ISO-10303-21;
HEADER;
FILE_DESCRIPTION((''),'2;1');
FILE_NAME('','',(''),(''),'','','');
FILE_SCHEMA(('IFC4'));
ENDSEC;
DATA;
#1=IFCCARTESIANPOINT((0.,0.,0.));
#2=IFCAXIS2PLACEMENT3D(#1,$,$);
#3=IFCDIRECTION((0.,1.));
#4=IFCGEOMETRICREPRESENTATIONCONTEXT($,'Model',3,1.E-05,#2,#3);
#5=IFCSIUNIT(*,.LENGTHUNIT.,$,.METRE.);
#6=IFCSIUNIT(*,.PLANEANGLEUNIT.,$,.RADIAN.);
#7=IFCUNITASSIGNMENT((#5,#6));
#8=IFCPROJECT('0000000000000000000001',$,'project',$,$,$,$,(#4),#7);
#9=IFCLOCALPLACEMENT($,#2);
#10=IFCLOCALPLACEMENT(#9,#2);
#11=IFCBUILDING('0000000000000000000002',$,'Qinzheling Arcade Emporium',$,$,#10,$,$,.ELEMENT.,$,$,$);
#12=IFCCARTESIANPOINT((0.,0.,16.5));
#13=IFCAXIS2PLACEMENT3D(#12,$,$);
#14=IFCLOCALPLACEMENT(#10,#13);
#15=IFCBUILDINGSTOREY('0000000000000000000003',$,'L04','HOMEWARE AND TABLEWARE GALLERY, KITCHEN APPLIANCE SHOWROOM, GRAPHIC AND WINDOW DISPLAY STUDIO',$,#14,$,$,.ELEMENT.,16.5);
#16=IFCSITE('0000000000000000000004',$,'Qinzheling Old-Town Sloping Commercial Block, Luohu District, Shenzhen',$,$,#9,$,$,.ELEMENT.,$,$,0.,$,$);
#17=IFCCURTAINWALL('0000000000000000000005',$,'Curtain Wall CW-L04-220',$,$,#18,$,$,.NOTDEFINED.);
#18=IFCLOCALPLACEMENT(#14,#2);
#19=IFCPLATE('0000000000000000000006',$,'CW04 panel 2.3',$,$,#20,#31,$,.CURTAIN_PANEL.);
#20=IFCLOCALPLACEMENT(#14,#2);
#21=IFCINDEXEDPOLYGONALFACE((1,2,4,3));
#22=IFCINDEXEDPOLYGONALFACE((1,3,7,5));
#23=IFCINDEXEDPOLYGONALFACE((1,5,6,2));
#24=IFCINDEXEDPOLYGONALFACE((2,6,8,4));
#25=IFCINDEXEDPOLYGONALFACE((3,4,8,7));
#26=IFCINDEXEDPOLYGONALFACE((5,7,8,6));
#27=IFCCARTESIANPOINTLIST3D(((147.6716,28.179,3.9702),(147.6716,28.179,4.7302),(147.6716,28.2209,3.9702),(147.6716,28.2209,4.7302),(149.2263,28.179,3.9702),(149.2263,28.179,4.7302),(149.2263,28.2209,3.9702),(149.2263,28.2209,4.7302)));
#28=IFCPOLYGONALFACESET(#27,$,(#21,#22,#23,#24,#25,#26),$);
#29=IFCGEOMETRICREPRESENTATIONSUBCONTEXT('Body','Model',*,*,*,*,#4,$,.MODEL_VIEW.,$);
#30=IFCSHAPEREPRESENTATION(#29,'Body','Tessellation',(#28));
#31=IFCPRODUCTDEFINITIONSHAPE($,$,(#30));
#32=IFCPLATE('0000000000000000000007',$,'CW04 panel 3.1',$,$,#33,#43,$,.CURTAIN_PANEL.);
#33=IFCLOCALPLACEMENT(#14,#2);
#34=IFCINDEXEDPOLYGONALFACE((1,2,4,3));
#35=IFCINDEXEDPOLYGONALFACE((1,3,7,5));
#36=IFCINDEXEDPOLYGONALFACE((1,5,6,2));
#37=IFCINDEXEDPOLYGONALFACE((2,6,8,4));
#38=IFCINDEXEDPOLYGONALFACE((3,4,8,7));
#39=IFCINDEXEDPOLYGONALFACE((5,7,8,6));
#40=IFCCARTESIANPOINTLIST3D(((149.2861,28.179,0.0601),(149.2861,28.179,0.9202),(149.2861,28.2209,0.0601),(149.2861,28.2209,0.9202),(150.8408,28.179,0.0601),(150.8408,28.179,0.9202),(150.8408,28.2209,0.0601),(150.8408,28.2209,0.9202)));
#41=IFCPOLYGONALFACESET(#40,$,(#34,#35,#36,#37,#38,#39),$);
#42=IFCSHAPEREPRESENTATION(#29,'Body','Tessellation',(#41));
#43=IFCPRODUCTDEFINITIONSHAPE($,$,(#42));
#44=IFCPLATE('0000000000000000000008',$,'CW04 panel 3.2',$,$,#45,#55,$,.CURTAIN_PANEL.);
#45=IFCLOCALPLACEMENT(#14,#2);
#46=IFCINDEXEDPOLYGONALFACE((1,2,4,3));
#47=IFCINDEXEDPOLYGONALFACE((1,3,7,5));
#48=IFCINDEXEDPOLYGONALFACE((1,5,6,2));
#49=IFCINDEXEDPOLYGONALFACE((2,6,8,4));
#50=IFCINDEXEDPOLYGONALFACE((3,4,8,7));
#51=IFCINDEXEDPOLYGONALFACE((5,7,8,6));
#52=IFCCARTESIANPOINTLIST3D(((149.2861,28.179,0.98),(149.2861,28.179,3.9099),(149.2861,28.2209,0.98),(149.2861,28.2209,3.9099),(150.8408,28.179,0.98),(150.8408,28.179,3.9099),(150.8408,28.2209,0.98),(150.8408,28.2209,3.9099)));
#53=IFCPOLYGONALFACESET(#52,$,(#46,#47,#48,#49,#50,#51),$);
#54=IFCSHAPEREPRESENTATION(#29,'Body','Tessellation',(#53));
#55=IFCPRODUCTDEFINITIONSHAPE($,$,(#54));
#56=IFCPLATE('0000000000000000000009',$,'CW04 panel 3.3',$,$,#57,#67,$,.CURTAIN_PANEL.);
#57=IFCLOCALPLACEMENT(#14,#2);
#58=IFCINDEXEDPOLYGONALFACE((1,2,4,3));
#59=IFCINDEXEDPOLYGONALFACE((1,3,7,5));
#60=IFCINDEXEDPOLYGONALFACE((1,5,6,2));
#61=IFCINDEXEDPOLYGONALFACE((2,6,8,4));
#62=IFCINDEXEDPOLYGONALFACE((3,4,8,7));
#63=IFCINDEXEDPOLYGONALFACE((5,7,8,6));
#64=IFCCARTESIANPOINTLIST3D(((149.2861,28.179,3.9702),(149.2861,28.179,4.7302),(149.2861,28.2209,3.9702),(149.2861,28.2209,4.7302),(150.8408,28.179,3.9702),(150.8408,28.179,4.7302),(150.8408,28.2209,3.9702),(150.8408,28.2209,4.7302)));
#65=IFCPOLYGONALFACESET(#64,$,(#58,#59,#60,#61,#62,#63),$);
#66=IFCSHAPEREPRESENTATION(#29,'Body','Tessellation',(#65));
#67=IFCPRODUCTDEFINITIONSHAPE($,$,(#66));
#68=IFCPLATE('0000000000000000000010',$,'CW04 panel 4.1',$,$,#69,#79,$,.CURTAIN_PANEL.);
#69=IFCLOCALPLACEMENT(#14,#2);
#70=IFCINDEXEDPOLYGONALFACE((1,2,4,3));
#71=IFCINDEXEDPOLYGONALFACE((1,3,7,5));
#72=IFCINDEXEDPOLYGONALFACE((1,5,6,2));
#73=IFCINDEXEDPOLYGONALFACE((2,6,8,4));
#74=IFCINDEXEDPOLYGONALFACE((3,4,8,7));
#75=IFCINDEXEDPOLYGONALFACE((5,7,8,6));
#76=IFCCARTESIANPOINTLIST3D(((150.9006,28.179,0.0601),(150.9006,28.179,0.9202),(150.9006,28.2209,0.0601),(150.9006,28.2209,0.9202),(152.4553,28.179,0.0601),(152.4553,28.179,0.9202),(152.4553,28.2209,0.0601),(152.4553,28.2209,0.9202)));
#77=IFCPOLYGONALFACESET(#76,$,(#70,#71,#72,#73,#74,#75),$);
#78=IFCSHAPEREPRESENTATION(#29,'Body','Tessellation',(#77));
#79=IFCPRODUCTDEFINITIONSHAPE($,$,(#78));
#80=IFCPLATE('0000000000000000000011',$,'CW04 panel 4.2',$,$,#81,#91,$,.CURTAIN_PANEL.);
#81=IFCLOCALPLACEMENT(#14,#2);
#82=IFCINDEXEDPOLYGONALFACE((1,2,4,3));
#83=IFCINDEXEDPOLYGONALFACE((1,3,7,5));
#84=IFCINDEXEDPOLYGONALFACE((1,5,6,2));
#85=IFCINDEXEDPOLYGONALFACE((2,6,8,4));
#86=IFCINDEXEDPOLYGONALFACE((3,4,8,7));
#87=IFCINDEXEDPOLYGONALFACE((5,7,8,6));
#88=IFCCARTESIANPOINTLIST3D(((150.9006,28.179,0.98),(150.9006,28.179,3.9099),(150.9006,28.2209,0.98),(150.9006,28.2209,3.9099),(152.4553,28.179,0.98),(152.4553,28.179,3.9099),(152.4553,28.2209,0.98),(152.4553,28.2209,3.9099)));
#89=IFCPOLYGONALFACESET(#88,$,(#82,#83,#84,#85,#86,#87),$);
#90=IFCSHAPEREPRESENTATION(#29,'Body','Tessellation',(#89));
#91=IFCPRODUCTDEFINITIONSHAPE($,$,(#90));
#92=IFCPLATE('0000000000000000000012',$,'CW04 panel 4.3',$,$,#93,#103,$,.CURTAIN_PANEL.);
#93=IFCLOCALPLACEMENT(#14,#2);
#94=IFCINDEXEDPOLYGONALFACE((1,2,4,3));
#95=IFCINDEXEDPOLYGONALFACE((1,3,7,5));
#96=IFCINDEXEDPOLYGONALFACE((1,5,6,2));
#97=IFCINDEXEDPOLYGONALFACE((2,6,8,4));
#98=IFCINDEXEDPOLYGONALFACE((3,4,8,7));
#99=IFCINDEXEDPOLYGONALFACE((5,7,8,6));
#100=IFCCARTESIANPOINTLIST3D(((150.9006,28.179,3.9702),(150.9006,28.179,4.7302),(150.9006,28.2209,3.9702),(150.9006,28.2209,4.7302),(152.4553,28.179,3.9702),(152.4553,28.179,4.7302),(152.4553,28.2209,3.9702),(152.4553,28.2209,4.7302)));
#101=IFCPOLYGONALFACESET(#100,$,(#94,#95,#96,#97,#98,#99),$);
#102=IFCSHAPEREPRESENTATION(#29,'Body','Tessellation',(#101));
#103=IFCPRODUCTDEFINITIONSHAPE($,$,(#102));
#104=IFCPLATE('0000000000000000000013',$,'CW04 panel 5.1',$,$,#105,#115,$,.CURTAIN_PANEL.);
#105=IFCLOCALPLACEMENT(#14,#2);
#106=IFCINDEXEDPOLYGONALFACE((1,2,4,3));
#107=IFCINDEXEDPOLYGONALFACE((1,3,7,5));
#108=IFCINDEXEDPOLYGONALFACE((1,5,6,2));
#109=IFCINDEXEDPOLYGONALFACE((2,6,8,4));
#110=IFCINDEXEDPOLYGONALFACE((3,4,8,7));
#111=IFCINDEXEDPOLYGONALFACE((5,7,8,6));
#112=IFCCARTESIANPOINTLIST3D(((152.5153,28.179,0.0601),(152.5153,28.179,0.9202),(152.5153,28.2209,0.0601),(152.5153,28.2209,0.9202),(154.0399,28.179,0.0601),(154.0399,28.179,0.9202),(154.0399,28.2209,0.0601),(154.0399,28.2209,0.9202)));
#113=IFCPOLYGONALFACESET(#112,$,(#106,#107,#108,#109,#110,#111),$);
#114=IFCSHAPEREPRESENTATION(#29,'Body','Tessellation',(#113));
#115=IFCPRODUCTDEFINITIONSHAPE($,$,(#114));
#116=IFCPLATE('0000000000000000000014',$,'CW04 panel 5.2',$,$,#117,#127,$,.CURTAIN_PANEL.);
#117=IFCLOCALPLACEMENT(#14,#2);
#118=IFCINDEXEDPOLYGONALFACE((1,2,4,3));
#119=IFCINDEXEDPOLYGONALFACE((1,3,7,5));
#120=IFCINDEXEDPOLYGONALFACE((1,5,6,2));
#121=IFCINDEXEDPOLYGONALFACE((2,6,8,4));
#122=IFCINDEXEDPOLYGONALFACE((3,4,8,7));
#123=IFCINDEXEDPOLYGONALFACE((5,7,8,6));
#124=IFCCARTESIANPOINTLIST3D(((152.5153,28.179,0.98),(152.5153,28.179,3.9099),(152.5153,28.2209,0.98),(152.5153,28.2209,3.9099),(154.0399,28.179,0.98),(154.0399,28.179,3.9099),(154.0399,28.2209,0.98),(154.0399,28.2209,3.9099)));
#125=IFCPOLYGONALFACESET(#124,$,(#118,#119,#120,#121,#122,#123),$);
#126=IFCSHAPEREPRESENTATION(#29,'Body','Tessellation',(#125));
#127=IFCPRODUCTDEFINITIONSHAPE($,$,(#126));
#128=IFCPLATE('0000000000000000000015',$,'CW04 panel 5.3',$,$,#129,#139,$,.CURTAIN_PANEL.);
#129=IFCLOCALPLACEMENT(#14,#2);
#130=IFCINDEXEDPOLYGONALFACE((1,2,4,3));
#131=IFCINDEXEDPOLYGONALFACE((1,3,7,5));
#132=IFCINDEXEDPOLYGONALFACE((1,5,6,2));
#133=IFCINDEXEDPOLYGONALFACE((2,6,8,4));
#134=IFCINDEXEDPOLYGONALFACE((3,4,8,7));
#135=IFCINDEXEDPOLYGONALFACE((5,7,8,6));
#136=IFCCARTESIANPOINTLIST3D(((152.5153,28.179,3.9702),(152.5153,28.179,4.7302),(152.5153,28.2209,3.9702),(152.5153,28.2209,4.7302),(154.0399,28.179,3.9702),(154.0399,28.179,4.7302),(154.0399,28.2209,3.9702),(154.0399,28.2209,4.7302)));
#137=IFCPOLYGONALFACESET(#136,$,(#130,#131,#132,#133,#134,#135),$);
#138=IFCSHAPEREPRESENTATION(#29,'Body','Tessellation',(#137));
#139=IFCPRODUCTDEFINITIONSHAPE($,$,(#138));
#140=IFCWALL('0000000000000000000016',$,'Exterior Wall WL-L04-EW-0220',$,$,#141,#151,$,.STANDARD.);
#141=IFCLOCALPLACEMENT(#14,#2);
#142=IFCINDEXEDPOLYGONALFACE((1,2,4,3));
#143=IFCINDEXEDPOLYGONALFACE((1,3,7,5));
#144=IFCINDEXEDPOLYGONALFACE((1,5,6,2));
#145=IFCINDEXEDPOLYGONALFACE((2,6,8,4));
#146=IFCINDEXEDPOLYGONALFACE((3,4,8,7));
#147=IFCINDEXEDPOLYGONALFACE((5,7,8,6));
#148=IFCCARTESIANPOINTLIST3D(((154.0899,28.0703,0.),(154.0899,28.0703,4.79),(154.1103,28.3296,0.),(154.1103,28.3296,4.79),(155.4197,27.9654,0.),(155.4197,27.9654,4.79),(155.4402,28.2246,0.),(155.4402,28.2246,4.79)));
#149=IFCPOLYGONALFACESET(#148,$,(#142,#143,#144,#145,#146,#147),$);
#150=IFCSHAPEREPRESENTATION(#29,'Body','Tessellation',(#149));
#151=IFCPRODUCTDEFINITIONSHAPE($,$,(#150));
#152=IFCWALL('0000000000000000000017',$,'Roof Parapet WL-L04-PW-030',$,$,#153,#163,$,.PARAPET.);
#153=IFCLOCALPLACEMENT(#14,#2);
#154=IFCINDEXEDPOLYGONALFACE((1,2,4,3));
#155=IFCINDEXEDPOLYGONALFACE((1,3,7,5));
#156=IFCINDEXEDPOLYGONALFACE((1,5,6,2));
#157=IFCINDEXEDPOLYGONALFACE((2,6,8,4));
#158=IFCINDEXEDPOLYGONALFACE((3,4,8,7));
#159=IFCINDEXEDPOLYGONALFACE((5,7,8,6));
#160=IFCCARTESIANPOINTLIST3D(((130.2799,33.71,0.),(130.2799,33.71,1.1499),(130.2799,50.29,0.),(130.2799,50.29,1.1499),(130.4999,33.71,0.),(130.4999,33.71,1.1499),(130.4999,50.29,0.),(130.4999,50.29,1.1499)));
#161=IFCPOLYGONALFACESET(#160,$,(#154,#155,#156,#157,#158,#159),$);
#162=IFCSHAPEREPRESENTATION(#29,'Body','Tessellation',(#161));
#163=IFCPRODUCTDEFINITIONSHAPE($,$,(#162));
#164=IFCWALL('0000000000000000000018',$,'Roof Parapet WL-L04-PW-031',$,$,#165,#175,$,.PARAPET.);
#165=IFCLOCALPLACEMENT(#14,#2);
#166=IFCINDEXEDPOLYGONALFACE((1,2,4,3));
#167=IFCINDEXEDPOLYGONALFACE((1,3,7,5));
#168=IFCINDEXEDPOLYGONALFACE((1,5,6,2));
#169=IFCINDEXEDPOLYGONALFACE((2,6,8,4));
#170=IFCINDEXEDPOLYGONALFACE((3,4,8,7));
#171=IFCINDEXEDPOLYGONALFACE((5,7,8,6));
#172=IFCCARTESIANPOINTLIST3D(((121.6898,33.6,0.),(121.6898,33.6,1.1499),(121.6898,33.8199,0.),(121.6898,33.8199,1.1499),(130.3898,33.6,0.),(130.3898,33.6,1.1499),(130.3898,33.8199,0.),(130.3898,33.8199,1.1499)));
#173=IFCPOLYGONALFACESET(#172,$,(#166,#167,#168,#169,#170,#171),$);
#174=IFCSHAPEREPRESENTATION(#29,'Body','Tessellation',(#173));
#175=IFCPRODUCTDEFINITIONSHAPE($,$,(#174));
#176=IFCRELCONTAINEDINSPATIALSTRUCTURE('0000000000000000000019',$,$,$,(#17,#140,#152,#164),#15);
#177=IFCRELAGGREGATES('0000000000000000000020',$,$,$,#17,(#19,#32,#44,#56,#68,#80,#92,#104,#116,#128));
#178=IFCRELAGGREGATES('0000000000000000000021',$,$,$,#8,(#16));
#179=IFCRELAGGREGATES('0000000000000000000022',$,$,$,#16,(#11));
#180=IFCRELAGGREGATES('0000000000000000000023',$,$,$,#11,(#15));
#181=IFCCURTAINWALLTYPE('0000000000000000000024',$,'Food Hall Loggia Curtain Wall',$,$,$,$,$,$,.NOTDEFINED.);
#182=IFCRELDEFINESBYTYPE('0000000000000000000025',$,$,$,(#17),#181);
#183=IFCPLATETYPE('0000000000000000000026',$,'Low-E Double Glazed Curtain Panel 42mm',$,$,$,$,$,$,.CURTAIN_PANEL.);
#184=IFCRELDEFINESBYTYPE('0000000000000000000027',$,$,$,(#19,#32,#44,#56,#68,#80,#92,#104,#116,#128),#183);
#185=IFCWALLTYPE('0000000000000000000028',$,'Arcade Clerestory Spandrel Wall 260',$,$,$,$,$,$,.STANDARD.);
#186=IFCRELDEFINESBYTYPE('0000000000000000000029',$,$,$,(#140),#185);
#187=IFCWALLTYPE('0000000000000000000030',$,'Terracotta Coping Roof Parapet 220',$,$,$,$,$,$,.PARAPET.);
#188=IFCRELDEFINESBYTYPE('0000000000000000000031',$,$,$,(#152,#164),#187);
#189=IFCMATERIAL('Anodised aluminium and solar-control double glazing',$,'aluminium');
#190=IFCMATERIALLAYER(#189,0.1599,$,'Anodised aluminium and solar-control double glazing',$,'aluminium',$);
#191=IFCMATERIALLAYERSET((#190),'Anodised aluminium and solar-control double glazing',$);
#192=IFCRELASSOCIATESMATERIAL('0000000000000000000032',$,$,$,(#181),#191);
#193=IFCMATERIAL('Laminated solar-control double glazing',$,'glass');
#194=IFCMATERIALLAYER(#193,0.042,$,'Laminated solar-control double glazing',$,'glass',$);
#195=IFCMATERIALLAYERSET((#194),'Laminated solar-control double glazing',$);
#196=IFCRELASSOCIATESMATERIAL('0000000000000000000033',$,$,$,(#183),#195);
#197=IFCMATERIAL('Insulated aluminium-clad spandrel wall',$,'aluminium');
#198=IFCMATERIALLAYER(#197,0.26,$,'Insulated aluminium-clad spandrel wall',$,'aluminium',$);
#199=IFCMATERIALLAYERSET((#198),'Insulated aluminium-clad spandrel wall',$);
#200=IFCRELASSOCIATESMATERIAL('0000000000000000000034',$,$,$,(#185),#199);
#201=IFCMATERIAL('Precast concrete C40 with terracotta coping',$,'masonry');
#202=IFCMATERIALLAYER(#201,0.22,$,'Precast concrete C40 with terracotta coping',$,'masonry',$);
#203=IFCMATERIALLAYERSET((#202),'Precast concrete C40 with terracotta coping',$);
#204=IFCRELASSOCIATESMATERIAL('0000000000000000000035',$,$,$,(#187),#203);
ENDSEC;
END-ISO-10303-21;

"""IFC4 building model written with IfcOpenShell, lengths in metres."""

from ifc_helpers import new_model, si_unit, direction, frame, frame_2d, origin, origin_2d, place, context, subcontext, project, spatial, rectangle, extrude, material, layer, layer_set, type_object, element, aggregate, save


model = new_model("IFC4")

# Units and contexts
model_context = context("Model", 3, precision=1e-05, world=origin(), true_north=direction((0.0, 1.0)))
body_context = subcontext(model_context, "Body", "Model", "MODEL_VIEW")
ifc_project = project(units=[si_unit("LENGTHUNIT", "METRE"), si_unit("PLANEANGLEUNIT", "RADIAN")], contexts=[model_context])

# Site, building, storey
site_placement = place(None, origin())
site = spatial("IfcSite", under=ifc_project, at=site_placement, Name="Qinzheling Old-Town Sloping Commercial Block, Luohu District, Shenzhen", CompositionType="ELEMENT", RefElevation=0.0)
building_placement = place(site_placement, origin())
building = spatial("IfcBuilding", under=site, at=building_placement, Name="Qinzheling Arcade Emporium", CompositionType="ELEMENT")
storey_placement = place(building_placement, frame((0.0, 0.0, 16.5)))
storey = spatial("IfcBuildingStorey", under=building, at=storey_placement, Name="L04", Description="HOMEWARE AND TABLEWARE GALLERY, KITCHEN APPLIANCE SHOWROOM, GRAPHIC AND WINDOW DISPLAY STUDIO", CompositionType="ELEMENT", Elevation=16.5)

# Curtain wall
ifc_material_1 = material(Name="Anodised aluminium and solar-control double glazing", Category="aluminium")
ifc_layer_1 = layer(ifc_material_1, 0.1599, Name="Anodised aluminium and solar-control double glazing", Category="aluminium")
ifc_layer_set_1 = layer_set([ifc_layer_1], Name="Anodised aluminium and solar-control double glazing")
curtain_wall_type = type_object("IfcCurtainWallType", Name="Food Hall Loggia Curtain Wall", PredefinedType="NOTDEFINED", material=ifc_layer_set_1)
curtain_wall_placement = place(storey_placement, origin())
curtain_wall = element("IfcCurtainWall", 1, at=curtain_wall_placement, inside=storey, type_object=curtain_wall_type, Name="Curtain Wall CW-L04-220", PredefinedType="NOTDEFINED")

# Plates
ifc_material_2 = material(Name="Laminated solar-control double glazing", Category="glass")
ifc_layer_2 = layer(ifc_material_2, 0.042, Name="Laminated solar-control double glazing", Category="glass")
ifc_layer_set_2 = layer_set([ifc_layer_2], Name="Laminated solar-control double glazing")
plate_type_1 = type_object("IfcPlateType", Name="Low-E Double Glazed Curtain Panel 42mm", PredefinedType="CURTAIN_PANEL", material=ifc_layer_set_2)
plate_1_placement = place(storey_placement, frame((148.449, 28.2, 3.9702), z_axis=(0.0, 0.0, 1.0), x_axis=(1.0, 0.0, 0.0)))
plate_1 = element("IfcPlate", 2, at=plate_1_placement, type_object=plate_type_1, Name="CW04 panel 2.3", PredefinedType="CURTAIN_PANEL", context=body_context, shape_type="SweptSolid", body=[
    extrude(rectangle(XDim=1.5547, YDim=0.042, at=origin_2d()), origin(), (0.0, 0.0, 1.0), 0.76),
])
plate_2_placement = place(storey_placement, frame((150.0635, 28.2, 0.0601), z_axis=(0.0, 0.0, 1.0), x_axis=(1.0, 0.0, 0.0)))
plate_2 = element("IfcPlate", 3, at=plate_2_placement, type_object=plate_type_1, Name="CW04 panel 3.1", PredefinedType="CURTAIN_PANEL", context=body_context, shape_type="SweptSolid", body=[
    extrude(rectangle(XDim=1.5547, YDim=0.042, at=origin_2d()), origin(), (0.0, 0.0, 1.0), 0.8601),
])
plate_3_placement = place(storey_placement, frame((150.0635, 28.2, 0.98), z_axis=(0.0, 0.0, 1.0), x_axis=(1.0, 0.0, 0.0)))
plate_3 = element("IfcPlate", 4, at=plate_3_placement, type_object=plate_type_1, Name="CW04 panel 3.2", PredefinedType="CURTAIN_PANEL", context=body_context, shape_type="SweptSolid", body=[
    extrude(rectangle(XDim=1.5547, YDim=0.042, at=origin_2d()), origin(), (0.0, 0.0, 1.0), 2.9299),
])
plate_4_placement = place(storey_placement, frame((150.0635, 28.2, 3.9702), z_axis=(0.0, 0.0, 1.0), x_axis=(1.0, 0.0, 0.0)))
plate_4 = element("IfcPlate", 5, at=plate_4_placement, type_object=plate_type_1, Name="CW04 panel 3.3", PredefinedType="CURTAIN_PANEL", context=body_context, shape_type="SweptSolid", body=[
    extrude(rectangle(XDim=1.5547, YDim=0.042, at=origin_2d()), origin(), (0.0, 0.0, 1.0), 0.76),
])
plate_5_placement = place(storey_placement, frame((151.678, 28.2, 0.0601), z_axis=(0.0, 0.0, 1.0), x_axis=(1.0, 0.0, 0.0)))
plate_5 = element("IfcPlate", 6, at=plate_5_placement, type_object=plate_type_1, Name="CW04 panel 4.1", PredefinedType="CURTAIN_PANEL", context=body_context, shape_type="SweptSolid", body=[
    extrude(rectangle(XDim=1.5547, YDim=0.042, at=origin_2d()), origin(), (0.0, 0.0, 1.0), 0.8601),
])
plate_6_placement = place(storey_placement, frame((151.678, 28.2, 0.98), z_axis=(0.0, 0.0, 1.0), x_axis=(1.0, 0.0, 0.0)))
plate_6 = element("IfcPlate", 7, at=plate_6_placement, type_object=plate_type_1, Name="CW04 panel 4.2", PredefinedType="CURTAIN_PANEL", context=body_context, shape_type="SweptSolid", body=[
    extrude(rectangle(XDim=1.5547, YDim=0.042, at=origin_2d()), origin(), (0.0, 0.0, 1.0), 2.9299),
])
plate_7_placement = place(storey_placement, frame((151.678, 28.2, 3.9702), z_axis=(0.0, 0.0, 1.0), x_axis=(1.0, 0.0, 0.0)))
plate_7 = element("IfcPlate", 8, at=plate_7_placement, type_object=plate_type_1, Name="CW04 panel 4.3", PredefinedType="CURTAIN_PANEL", context=body_context, shape_type="SweptSolid", body=[
    extrude(rectangle(XDim=1.5547, YDim=0.042, at=origin_2d()), origin(), (0.0, 0.0, 1.0), 0.76),
])
plate_8_placement = place(storey_placement, frame((153.2776, 28.2, 0.0601), z_axis=(0.0, 0.0, 1.0), x_axis=(1.0, 0.0, 0.0)))
plate_8 = element("IfcPlate", 9, at=plate_8_placement, type_object=plate_type_1, Name="CW04 panel 5.1", PredefinedType="CURTAIN_PANEL", context=body_context, shape_type="SweptSolid", body=[
    extrude(rectangle(XDim=1.5247, YDim=0.042, at=origin_2d()), origin(), (0.0, 0.0, 1.0), 0.8601),
])
plate_9_placement = place(storey_placement, frame((153.2776, 28.2, 0.98), z_axis=(0.0, 0.0, 1.0), x_axis=(1.0, 0.0, 0.0)))
plate_9 = element("IfcPlate", 10, at=plate_9_placement, type_object=plate_type_1, Name="CW04 panel 5.2", PredefinedType="CURTAIN_PANEL", context=body_context, shape_type="SweptSolid", body=[
    extrude(rectangle(XDim=1.5247, YDim=0.042, at=origin_2d()), origin(), (0.0, 0.0, 1.0), 2.9299),
])
plate_10_placement = place(storey_placement, frame((153.2776, 28.2, 3.9702), z_axis=(0.0, 0.0, 1.0), x_axis=(1.0, 0.0, 0.0)))
plate_10 = element("IfcPlate", 11, at=plate_10_placement, type_object=plate_type_1, Name="CW04 panel 5.3", PredefinedType="CURTAIN_PANEL", context=body_context, shape_type="SweptSolid", body=[
    extrude(rectangle(XDim=1.5247, YDim=0.042, at=origin_2d()), origin(), (0.0, 0.0, 1.0), 0.76),
])
aggregate(curtain_wall, [plate_1, plate_2, plate_3, plate_4, plate_5, plate_6, plate_7, plate_8, plate_9, plate_10])

# Walls
ifc_material_3 = material(Name="Insulated aluminium-clad spandrel wall", Category="aluminium")
ifc_layer_3 = layer(ifc_material_3, 0.26, Name="Insulated aluminium-clad spandrel wall", Category="aluminium")
ifc_layer_set_3 = layer_set([ifc_layer_3], Name="Insulated aluminium-clad spandrel wall")
wall_type_1 = type_object("IfcWallType", Name="Arcade Clerestory Spandrel Wall 260", PredefinedType="STANDARD", material=ifc_layer_set_3)
wall_1_placement = place(storey_placement, frame((154.1001, 28.2, 0.0), z_axis=(0.0, 0.0, 1.0), x_axis=(0.996899, -0.078698, 0.0)))
element("IfcWall", 12, at=wall_1_placement, inside=storey, type_object=wall_type_1, Name="Exterior Wall WL-L04-EW-0220", PredefinedType="STANDARD", context=body_context, shape_type="SweptSolid", body=[
    extrude(rectangle(XDim=1.334, YDim=0.26, at=frame_2d((0.667, 0.0))), origin(), (0.0, 0.0, 1.0), 4.79),
])
ifc_material_4 = material(Name="Precast concrete C40 with terracotta coping", Category="masonry")
ifc_layer_4 = layer(ifc_material_4, 0.22, Name="Precast concrete C40 with terracotta coping", Category="masonry")
ifc_layer_set_4 = layer_set([ifc_layer_4], Name="Precast concrete C40 with terracotta coping")
wall_type_2 = type_object("IfcWallType", Name="Terracotta Coping Roof Parapet 220", PredefinedType="PARAPET", material=ifc_layer_set_4)
wall_2_placement = place(storey_placement, frame((130.3899, 50.29, 0.0), z_axis=(0.0, 0.0, 1.0), x_axis=(0.0, -1.0, 0.0)))
element("IfcWall", 13, at=wall_2_placement, inside=storey, type_object=wall_type_2, Name="Roof Parapet WL-L04-PW-030", PredefinedType="PARAPET", context=body_context, shape_type="SweptSolid", body=[
    extrude(rectangle(XDim=16.5801, YDim=0.22, at=frame_2d((8.29, 0.0))), origin(), (0.0, 0.0, 1.0), 1.1499),
])
wall_3_placement = place(storey_placement, frame((130.3899, 33.71, 0.0), z_axis=(0.0, 0.0, 1.0), x_axis=(-1.0, 0.0, 0.0)))
element("IfcWall", 14, at=wall_3_placement, inside=storey, type_object=wall_type_2, Name="Roof Parapet WL-L04-PW-031", PredefinedType="PARAPET", context=body_context, shape_type="SweptSolid", body=[
    extrude(rectangle(XDim=8.7, YDim=0.22, at=frame_2d((4.3501, 0.0))), origin(), (0.0, 0.0, 1.0), 1.1499),
])

save(model, "model.ifc")
